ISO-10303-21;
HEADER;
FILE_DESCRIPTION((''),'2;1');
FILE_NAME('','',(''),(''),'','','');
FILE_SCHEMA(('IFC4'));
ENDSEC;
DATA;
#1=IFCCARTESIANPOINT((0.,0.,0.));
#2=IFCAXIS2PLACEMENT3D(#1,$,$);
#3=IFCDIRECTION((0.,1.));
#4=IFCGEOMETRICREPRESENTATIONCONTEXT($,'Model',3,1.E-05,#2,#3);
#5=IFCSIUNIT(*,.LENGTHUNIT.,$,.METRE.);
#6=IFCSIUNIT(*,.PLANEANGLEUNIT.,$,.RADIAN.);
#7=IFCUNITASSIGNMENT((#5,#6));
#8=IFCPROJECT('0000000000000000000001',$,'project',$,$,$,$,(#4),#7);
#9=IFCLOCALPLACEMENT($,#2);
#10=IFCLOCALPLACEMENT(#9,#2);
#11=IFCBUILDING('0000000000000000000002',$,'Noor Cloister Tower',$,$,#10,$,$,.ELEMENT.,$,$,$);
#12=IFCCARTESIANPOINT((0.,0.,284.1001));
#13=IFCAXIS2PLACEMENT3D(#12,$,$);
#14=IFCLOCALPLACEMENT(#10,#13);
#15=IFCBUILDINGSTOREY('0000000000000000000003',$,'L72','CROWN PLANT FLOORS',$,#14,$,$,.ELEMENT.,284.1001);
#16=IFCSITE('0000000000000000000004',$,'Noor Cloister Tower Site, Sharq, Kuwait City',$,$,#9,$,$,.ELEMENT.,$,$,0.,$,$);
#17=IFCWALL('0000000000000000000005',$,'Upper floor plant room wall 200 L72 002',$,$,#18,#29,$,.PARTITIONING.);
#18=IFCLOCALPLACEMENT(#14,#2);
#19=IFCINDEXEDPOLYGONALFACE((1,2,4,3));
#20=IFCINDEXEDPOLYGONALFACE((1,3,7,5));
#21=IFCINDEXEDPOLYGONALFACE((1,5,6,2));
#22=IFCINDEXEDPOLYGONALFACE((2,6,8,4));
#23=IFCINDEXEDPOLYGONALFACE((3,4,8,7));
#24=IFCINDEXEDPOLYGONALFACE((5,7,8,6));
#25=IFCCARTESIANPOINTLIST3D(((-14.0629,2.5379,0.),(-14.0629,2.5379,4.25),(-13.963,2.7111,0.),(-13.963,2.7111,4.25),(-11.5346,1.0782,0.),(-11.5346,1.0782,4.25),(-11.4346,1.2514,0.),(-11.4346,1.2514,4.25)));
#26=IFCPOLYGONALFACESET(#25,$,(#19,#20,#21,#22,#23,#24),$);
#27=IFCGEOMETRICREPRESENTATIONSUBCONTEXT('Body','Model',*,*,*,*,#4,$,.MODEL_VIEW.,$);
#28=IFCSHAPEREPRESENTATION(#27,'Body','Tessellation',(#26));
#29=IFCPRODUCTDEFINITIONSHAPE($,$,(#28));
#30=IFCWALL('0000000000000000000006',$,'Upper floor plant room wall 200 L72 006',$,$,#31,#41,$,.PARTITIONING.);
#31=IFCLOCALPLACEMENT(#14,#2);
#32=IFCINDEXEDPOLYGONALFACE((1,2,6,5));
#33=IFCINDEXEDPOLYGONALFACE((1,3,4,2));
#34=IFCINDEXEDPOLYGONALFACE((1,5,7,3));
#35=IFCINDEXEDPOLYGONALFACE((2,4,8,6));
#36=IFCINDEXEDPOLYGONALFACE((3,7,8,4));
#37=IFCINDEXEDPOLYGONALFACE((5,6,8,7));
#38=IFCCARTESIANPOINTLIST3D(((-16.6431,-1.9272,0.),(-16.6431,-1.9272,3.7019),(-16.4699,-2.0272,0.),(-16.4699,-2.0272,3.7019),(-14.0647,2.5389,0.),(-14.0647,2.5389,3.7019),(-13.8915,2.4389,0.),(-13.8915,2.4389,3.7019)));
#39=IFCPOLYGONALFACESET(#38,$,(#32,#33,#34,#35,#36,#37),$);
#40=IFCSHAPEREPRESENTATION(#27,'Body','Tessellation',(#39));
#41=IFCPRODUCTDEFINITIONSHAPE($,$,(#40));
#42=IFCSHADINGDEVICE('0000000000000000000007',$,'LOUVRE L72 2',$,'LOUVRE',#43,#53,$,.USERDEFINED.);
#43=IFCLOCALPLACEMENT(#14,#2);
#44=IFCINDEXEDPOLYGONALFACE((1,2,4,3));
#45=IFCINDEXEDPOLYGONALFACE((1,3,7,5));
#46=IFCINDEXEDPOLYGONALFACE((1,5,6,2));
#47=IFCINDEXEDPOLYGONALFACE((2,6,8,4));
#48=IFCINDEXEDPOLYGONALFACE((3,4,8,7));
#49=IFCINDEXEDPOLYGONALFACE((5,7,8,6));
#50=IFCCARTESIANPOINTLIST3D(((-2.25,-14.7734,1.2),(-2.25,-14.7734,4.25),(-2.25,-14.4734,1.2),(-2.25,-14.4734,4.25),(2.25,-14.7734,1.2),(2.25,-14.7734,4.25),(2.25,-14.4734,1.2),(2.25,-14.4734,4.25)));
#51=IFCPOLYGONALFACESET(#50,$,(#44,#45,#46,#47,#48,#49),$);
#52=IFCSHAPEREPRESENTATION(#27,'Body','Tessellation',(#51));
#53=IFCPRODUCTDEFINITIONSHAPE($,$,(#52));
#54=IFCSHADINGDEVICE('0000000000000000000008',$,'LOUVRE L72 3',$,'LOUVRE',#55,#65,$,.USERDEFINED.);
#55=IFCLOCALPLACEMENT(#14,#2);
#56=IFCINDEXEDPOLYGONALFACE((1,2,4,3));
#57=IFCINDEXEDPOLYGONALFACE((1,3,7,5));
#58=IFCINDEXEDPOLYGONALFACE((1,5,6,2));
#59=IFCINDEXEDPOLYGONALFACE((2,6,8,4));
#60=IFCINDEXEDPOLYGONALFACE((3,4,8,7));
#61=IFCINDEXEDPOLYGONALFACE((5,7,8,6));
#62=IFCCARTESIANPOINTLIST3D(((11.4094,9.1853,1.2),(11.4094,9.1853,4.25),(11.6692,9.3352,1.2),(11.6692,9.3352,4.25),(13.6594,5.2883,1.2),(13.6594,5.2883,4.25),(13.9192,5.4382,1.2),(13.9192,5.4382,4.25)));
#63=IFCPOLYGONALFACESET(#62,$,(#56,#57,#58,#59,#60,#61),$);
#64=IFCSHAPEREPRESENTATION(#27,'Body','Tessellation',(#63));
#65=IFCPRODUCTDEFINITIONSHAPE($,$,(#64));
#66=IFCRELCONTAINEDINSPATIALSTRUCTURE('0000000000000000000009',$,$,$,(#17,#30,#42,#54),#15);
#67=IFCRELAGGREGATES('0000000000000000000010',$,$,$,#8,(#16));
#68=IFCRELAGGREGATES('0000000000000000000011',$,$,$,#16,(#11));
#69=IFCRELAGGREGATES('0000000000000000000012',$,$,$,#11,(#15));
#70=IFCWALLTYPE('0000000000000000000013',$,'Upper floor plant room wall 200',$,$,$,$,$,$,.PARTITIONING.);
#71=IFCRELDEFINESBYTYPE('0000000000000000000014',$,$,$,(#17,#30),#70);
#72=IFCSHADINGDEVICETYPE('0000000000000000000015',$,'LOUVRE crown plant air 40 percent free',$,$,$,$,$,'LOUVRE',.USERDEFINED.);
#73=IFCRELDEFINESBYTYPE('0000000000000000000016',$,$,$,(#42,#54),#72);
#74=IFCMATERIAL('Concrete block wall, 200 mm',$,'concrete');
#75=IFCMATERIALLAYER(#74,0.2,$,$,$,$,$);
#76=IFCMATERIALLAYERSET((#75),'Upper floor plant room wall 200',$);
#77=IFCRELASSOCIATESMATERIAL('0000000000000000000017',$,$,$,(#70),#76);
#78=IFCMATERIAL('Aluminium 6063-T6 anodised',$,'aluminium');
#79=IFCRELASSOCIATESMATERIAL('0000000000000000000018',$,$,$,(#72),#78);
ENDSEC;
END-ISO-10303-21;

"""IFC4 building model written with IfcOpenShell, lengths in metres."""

from ifc_helpers import new_model, si_unit, direction, frame, frame_2d, origin, place, context, subcontext, project, spatial, polyline, rectangle, outline, extrude, material, layer, layer_set, type_object, element, save


model = new_model("IFC4")

# Units and contexts
model_context = context("Model", 3, precision=1e-05, world=origin(), true_north=direction((0.0, 1.0)))
body_context = subcontext(model_context, "Body", "Model", "MODEL_VIEW")
ifc_project = project(units=[si_unit("LENGTHUNIT", "METRE"), si_unit("PLANEANGLEUNIT", "RADIAN")], contexts=[model_context])

# Site, building, storey
site_placement = place(None, origin())
site = spatial("IfcSite", under=ifc_project, at=site_placement, Name="Noor Cloister Tower Site, Sharq, Kuwait City", CompositionType="ELEMENT", RefElevation=0.0)
building_placement = place(site_placement, origin())
building = spatial("IfcBuilding", under=site, at=building_placement, Name="Noor Cloister Tower", CompositionType="ELEMENT")
storey_placement = place(building_placement, frame((0.0, 0.0, 284.1001)))
storey = spatial("IfcBuildingStorey", under=building, at=storey_placement, Name="L72", Description="CROWN PLANT FLOORS", CompositionType="ELEMENT", Elevation=284.1001)

# Walls
ifc_material_1 = material(Name="Concrete block wall, 200 mm", Category="concrete")
ifc_layer_1 = layer(ifc_material_1, 0.2)
ifc_layer_set_1 = layer_set([ifc_layer_1], Name="Upper floor plant room wall 200")
wall_type_1 = type_object("IfcWallType", Name="Upper floor plant room wall 200", PredefinedType="PARTITIONING", material=ifc_layer_set_1)
wall_1_placement = place(storey_placement, frame((-14.0129, 2.6245, 0.0), z_axis=(0.0, 0.0, 1.0), x_axis=(0.866027, -0.499998, 0.0)))
element("IfcWall", 1, at=wall_1_placement, inside=storey, type_object=wall_type_1, Name="Upper floor plant room wall 200 L72 002", PredefinedType="PARTITIONING", context=body_context, shape_type="SweptSolid", body=[
    extrude(rectangle(XDim=2.9194, YDim=0.2, at=frame_2d((1.4597, 0.0))), origin(), (0.0, 0.0, 1.0), 4.25),
])
wall_2_placement = place(storey_placement, frame((-13.978, 2.489, 0.0), z_axis=(0.0, 0.0, 1.0), x_axis=(-0.499983, -0.866035, 0.0)))
element("IfcWall", 2, at=wall_2_placement, inside=storey, type_object=wall_type_1, Name="Upper floor plant room wall 200 L72 006", PredefinedType="PARTITIONING", context=body_context, shape_type="SweptSolid", body=[
    extrude(rectangle(XDim=5.157, YDim=0.2, at=frame_2d((2.5786, 0.0))), origin(), (0.0, 0.0, 1.0), 3.7019),
])

# Shading devices
ifc_material_2 = material(Name="Aluminium 6063-T6 anodised", Category="aluminium")
shading_device_type = type_object("IfcShadingDeviceType", Name="LOUVRE crown plant air 40 percent free", ElementType="LOUVRE", PredefinedType="USERDEFINED", material=ifc_material_2)
shading_device_1_placement = place(storey_placement, frame((0.0, 0.0, 1.2)))
element("IfcShadingDevice", 3, at=shading_device_1_placement, inside=storey, type_object=shading_device_type, Name="LOUVRE L72 2", ObjectType="LOUVRE", PredefinedType="USERDEFINED", context=body_context, shape_type="SweptSolid", body=[
    extrude(outline(polyline([(-2.25, -14.7734), (2.25, -14.7734), (2.25, -14.4734), (-2.25, -14.4734), (-2.25, -14.7734)])), origin(), (0.0, 0.0, 1.0), 3.05),
])
shading_device_2_placement = place(storey_placement, frame((0.0, 0.0, 1.2)))
element("IfcShadingDevice", 4, at=shading_device_2_placement, inside=storey, type_object=shading_device_type, Name="LOUVRE L72 3", ObjectType="LOUVRE", PredefinedType="USERDEFINED", context=body_context, shape_type="SweptSolid", body=[
    extrude(outline(polyline([(13.9192, 5.4382), (11.6692, 9.3352), (11.4094, 9.1853), (13.6594, 5.2883), (13.9192, 5.4382)])), origin(), (0.0, 0.0, 1.0), 3.05),
])

save(model, "model.ifc")
